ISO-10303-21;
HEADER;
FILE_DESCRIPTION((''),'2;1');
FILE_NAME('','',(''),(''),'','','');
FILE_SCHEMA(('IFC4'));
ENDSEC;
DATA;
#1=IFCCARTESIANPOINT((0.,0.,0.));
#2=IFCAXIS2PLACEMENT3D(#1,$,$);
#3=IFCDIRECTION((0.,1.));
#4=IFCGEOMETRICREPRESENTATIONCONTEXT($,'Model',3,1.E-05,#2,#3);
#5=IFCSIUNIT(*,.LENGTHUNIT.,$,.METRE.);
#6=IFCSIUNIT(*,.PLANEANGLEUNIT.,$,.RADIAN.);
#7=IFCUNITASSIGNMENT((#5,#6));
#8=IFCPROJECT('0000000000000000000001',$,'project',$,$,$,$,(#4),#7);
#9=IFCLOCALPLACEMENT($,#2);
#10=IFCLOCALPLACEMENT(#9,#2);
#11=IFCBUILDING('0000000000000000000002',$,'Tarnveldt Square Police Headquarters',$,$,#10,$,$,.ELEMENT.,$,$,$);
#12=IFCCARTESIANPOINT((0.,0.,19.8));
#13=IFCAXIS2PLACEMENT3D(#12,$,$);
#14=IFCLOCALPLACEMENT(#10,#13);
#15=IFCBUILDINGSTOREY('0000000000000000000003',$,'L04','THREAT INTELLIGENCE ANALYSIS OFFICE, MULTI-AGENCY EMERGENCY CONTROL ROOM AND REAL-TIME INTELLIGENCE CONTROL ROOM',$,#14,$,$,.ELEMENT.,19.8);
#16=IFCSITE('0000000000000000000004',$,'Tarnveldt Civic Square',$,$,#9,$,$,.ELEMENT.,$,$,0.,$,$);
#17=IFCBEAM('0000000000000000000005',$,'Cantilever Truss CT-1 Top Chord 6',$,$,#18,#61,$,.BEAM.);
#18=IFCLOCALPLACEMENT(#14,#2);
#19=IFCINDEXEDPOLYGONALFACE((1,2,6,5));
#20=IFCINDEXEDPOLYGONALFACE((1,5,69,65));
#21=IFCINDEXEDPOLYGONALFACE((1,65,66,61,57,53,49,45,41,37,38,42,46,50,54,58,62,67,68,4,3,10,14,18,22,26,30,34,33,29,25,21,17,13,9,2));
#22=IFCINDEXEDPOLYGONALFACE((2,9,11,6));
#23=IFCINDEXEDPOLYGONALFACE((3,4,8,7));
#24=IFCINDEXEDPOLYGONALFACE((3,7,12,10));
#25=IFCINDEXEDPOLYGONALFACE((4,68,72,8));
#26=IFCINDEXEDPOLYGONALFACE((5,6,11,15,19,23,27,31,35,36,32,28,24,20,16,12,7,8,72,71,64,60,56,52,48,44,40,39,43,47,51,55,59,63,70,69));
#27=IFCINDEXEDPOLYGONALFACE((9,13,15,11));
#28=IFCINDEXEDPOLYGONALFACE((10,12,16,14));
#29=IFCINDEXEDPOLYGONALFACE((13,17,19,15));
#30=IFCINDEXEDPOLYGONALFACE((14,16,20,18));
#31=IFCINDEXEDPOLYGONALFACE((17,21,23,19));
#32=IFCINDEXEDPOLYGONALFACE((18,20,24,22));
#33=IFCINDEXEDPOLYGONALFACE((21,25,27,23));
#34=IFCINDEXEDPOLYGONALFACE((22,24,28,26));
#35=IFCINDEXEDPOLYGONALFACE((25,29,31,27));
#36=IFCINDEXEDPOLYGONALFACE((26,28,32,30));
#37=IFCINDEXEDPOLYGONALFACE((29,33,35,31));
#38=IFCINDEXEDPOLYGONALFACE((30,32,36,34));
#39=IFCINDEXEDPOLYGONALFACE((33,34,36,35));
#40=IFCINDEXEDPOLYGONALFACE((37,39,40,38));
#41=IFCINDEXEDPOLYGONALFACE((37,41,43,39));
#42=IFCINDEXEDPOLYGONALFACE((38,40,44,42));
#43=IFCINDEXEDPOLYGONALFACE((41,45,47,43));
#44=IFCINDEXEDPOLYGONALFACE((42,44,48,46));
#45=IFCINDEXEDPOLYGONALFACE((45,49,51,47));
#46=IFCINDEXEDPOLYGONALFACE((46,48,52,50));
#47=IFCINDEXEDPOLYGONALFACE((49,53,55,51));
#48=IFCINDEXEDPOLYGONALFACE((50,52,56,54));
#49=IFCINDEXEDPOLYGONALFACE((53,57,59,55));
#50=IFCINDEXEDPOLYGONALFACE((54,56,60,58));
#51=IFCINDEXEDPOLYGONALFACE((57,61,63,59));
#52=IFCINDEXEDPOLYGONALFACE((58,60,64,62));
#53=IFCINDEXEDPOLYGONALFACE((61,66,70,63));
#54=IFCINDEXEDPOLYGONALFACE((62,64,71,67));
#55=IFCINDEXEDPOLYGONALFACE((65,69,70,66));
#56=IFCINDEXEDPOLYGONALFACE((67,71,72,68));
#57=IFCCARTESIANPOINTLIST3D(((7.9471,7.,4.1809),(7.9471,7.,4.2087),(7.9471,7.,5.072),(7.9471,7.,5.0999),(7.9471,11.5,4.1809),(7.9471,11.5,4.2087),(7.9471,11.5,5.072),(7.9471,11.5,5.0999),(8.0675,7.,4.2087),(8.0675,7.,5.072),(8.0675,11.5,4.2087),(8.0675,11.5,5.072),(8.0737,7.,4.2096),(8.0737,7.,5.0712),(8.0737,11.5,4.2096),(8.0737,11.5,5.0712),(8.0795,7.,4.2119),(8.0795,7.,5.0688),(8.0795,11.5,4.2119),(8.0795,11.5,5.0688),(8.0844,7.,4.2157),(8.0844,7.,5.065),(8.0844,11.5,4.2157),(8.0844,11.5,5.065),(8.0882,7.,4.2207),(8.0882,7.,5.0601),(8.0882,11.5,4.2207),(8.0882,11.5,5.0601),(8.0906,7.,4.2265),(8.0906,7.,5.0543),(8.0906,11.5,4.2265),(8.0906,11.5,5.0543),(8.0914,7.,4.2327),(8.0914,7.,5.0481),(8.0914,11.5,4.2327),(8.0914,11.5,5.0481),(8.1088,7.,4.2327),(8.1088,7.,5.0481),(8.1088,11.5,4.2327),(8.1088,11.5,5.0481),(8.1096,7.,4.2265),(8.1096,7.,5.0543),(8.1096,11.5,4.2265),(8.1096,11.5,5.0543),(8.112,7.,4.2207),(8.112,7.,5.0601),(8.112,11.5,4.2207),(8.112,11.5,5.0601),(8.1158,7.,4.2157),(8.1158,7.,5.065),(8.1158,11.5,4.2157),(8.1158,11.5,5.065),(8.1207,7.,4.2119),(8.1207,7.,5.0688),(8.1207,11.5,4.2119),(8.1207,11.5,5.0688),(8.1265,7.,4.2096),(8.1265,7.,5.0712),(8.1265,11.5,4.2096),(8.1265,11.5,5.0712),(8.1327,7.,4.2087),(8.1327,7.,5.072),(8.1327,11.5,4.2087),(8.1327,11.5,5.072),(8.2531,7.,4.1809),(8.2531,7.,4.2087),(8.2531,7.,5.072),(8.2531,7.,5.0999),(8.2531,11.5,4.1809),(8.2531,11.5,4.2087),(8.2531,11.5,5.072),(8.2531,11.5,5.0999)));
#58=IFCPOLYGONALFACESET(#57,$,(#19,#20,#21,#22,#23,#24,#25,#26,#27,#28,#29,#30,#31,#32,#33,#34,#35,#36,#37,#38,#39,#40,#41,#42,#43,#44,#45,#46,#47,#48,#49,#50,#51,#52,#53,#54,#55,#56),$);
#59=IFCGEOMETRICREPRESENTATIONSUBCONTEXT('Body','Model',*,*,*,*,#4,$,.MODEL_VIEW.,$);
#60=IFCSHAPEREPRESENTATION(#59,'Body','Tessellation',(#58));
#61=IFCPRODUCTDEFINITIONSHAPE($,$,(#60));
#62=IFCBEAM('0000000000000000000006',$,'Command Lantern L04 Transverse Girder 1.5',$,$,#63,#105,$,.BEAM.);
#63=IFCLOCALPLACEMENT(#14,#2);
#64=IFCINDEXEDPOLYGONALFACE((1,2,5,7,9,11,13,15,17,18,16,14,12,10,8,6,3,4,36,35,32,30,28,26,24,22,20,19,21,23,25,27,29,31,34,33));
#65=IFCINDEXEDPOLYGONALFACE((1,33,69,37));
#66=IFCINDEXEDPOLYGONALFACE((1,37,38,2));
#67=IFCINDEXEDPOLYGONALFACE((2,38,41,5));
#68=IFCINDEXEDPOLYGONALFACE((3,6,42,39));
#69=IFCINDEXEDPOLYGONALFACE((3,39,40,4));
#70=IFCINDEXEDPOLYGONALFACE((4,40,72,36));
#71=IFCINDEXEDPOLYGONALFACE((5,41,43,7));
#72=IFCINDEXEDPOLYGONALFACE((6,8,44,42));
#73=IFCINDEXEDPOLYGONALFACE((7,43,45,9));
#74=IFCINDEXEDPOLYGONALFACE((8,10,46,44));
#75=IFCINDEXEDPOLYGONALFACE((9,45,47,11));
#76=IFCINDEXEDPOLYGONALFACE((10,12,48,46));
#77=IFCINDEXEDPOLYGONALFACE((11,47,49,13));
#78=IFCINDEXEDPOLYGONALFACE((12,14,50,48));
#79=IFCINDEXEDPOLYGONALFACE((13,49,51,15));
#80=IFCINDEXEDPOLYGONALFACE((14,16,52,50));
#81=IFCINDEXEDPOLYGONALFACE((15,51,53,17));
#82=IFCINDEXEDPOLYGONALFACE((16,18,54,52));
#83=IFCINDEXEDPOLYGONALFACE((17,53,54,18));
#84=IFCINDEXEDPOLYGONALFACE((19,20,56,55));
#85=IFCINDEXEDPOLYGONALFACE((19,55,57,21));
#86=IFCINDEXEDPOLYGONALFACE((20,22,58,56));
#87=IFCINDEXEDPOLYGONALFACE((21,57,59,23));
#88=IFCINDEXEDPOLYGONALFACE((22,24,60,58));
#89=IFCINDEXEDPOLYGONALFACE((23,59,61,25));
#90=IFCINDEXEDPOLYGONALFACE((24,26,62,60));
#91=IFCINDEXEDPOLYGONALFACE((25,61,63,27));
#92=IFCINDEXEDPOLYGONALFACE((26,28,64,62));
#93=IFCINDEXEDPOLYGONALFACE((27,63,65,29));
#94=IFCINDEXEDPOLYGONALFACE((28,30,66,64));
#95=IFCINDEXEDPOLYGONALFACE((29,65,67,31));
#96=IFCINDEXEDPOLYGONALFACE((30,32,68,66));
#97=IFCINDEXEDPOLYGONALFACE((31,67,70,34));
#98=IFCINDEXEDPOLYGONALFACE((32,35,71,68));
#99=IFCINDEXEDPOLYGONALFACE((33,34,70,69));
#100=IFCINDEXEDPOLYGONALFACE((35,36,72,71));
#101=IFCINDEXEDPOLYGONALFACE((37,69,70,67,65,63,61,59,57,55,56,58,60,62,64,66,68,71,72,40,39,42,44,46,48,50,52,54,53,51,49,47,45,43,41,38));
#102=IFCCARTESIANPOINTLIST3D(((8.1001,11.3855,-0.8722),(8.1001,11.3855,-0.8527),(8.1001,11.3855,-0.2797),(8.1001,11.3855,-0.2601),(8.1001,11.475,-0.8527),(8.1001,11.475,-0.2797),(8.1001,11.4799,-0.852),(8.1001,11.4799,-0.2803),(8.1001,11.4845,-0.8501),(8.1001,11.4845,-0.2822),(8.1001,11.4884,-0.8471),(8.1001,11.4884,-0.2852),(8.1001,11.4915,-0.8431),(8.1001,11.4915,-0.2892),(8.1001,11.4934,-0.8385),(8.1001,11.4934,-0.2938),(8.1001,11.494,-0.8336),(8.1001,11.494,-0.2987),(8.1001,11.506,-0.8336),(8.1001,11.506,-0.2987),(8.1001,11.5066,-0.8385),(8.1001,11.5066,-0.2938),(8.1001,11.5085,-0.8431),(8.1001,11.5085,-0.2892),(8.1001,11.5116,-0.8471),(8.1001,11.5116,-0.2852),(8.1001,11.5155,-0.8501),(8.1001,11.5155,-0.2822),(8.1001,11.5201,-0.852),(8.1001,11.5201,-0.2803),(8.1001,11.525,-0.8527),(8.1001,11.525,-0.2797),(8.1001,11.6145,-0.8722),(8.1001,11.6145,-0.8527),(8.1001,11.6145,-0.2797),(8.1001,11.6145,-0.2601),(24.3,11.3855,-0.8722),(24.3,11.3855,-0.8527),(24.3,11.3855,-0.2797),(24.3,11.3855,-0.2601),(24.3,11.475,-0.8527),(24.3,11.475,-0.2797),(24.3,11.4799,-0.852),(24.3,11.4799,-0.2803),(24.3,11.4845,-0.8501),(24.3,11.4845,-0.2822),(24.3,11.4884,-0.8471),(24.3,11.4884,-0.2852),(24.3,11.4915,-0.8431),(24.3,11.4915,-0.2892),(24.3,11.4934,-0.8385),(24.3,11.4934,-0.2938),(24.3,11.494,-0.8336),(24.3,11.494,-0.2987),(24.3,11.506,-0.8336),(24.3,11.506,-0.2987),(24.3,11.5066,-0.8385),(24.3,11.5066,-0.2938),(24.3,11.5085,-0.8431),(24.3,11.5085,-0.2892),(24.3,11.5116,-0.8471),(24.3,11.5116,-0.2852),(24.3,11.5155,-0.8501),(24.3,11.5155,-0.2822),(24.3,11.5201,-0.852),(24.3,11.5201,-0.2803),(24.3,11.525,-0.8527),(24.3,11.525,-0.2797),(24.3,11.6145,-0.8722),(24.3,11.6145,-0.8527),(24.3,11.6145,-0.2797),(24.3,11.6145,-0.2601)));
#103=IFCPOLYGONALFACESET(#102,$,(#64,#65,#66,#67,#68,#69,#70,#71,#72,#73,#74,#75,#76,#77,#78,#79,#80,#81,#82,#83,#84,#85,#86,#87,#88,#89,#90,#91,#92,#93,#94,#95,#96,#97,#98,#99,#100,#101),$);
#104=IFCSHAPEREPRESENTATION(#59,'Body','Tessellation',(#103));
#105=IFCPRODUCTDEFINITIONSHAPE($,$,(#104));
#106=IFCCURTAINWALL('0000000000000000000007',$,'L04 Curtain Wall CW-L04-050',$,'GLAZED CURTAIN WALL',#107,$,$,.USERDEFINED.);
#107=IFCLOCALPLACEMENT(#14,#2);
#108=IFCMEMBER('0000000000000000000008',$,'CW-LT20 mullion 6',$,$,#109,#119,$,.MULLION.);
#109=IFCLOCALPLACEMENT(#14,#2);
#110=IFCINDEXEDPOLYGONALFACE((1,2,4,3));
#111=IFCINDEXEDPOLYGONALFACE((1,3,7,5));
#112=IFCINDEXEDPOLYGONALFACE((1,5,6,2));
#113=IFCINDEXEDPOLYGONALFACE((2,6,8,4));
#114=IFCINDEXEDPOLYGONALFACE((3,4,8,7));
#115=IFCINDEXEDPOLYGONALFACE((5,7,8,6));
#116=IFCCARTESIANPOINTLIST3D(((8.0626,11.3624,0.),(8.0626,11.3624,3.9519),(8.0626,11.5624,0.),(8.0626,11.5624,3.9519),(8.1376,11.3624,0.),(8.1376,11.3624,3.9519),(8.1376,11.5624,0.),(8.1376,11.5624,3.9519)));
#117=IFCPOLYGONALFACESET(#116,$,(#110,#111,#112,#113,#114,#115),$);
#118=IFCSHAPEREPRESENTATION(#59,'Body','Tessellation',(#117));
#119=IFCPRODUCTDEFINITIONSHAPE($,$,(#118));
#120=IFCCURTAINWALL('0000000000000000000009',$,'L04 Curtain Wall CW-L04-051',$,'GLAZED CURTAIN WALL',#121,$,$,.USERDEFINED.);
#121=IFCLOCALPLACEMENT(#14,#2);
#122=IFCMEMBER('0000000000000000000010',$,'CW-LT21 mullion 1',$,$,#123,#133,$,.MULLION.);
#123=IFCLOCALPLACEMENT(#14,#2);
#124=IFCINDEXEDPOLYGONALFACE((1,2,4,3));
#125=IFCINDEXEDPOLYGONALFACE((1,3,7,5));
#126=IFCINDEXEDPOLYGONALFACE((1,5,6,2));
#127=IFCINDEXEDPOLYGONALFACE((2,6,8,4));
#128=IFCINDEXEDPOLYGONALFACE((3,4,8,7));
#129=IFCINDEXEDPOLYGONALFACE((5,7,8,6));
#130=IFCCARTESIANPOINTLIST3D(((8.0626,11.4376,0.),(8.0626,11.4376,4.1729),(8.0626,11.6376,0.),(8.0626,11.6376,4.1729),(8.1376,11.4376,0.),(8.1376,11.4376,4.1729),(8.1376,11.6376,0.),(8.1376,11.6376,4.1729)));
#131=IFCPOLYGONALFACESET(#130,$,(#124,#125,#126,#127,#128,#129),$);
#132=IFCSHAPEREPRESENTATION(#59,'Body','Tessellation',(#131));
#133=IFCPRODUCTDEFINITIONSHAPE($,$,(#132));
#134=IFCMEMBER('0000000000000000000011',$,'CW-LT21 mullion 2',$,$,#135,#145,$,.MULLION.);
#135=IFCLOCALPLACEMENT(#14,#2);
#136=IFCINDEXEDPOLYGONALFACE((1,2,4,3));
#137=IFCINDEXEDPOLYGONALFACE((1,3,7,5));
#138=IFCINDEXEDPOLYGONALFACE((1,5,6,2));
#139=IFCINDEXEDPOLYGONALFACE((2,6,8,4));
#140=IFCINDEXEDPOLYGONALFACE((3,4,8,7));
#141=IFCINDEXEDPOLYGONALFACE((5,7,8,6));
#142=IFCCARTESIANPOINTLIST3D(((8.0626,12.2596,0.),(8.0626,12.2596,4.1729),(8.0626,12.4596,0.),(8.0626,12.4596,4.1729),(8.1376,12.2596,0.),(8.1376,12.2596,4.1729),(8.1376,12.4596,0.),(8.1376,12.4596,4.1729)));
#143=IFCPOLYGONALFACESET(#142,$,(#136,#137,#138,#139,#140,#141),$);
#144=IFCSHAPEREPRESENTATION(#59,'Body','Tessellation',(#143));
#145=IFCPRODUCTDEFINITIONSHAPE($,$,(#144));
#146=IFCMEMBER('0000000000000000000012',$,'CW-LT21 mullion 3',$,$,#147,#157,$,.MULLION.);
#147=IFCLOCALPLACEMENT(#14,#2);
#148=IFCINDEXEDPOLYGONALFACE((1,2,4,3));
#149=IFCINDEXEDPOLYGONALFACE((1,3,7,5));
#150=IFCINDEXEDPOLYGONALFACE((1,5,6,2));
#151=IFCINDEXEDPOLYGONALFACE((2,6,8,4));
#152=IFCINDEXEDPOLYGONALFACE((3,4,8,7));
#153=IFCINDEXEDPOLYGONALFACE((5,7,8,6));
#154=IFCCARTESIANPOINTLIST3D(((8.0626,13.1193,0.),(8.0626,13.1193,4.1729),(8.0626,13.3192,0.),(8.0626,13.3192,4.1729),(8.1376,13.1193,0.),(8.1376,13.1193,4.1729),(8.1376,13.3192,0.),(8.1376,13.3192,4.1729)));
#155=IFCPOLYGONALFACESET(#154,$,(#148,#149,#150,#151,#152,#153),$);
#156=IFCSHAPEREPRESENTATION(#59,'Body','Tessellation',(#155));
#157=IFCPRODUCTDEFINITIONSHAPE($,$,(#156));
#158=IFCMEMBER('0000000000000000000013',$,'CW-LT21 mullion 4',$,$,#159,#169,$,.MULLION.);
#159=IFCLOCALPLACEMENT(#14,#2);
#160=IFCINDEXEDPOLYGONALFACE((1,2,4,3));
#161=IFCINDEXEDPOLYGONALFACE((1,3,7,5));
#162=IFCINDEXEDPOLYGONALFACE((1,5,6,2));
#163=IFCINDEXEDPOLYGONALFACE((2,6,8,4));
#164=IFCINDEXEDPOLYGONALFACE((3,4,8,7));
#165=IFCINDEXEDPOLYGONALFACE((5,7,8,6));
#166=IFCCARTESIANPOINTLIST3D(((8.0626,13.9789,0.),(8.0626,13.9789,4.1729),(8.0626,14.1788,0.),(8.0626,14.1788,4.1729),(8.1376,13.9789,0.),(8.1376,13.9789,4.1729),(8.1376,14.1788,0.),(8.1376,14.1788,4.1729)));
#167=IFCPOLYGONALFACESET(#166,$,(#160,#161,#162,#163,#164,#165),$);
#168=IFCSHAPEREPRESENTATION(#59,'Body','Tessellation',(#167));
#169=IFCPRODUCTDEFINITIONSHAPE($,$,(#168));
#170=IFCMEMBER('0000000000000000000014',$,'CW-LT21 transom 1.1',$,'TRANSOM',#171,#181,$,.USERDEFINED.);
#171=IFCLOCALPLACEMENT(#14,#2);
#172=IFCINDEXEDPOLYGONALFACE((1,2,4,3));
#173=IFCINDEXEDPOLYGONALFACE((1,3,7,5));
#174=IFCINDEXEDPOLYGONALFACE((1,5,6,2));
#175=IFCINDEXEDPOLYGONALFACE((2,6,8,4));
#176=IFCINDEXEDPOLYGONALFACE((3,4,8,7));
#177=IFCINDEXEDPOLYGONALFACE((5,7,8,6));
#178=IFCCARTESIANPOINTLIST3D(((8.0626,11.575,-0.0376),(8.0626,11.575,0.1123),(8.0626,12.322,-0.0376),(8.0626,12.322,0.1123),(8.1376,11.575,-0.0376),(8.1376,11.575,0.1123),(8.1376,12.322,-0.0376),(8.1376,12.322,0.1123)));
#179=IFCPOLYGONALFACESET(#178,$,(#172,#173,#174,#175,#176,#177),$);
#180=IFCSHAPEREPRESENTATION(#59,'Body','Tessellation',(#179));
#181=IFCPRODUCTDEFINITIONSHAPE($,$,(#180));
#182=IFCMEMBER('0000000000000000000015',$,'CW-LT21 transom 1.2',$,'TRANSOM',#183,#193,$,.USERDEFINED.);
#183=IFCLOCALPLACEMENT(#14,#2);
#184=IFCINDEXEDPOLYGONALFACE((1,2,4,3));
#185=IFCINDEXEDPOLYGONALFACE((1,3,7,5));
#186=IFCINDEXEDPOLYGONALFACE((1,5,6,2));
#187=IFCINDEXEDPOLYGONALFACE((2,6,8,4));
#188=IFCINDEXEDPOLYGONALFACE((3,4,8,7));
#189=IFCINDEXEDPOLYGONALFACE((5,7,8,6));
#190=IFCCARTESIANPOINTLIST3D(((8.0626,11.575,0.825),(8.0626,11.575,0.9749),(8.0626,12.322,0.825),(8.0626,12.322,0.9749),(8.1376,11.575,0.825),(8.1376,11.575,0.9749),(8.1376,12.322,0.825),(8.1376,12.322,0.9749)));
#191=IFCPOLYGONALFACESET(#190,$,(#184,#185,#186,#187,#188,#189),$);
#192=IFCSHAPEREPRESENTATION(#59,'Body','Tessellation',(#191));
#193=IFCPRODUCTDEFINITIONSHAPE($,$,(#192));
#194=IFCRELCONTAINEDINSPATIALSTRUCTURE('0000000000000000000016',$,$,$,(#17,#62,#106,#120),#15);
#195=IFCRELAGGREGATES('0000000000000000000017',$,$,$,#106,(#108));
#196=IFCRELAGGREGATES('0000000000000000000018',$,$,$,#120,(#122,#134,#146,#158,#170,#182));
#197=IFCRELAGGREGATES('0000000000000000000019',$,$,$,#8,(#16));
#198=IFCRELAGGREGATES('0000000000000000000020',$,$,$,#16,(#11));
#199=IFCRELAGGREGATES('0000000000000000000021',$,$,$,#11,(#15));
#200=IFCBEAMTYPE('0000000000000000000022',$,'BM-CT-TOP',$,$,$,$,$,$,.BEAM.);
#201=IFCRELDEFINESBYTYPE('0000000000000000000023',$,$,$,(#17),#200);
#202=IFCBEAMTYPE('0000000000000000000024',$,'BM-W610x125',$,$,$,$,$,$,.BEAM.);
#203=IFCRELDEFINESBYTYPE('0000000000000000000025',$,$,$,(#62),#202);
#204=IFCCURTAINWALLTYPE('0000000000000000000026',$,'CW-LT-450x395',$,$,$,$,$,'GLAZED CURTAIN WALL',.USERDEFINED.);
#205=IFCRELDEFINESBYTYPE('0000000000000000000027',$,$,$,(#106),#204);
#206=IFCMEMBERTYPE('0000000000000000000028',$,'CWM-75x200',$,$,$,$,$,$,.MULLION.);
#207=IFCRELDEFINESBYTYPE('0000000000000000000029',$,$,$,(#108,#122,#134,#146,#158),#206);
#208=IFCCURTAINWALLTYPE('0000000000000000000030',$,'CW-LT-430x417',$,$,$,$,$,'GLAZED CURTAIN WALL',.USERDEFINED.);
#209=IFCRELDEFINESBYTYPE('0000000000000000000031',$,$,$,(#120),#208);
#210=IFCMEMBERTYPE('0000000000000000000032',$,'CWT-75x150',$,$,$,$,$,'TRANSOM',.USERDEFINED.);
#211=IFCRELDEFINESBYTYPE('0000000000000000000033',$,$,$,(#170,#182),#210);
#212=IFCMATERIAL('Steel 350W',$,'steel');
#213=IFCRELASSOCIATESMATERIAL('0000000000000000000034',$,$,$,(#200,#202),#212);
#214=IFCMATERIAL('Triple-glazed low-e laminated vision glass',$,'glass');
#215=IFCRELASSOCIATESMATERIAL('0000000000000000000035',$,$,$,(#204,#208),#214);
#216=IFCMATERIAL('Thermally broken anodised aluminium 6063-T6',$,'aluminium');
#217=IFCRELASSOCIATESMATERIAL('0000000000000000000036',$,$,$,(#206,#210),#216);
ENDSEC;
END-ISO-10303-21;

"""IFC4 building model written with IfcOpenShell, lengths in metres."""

from ifc_helpers import new_model, si_unit, direction, frame, origin, origin_2d, place, context, subcontext, project, spatial, rectangle, i_section, extrude, material, material_profile, profile_set, type_object, element, aggregate, save


model = new_model("IFC4")

# Units and contexts
model_context = context("Model", 3, precision=1e-05, world=origin(), true_north=direction((0.0, 1.0)))
body_context = subcontext(model_context, "Body", "Model", "MODEL_VIEW")
ifc_project = project(units=[si_unit("LENGTHUNIT", "METRE"), si_unit("PLANEANGLEUNIT", "RADIAN")], contexts=[model_context])

# Site, building, storey
site_placement = place(None, origin())
site = spatial("IfcSite", under=ifc_project, at=site_placement, Name="Tarnveldt Civic Square", CompositionType="ELEMENT", RefElevation=0.0)
building_placement = place(site_placement, origin())
building = spatial("IfcBuilding", under=site, at=building_placement, Name="Tarnveldt Square Police Headquarters", CompositionType="ELEMENT")
storey_placement = place(building_placement, frame((0.0, 0.0, 19.8)))
storey = spatial("IfcBuildingStorey", under=building, at=storey_placement, Name="L04", Description="THREAT INTELLIGENCE ANALYSIS OFFICE, MULTI-AGENCY EMERGENCY CONTROL ROOM AND REAL-TIME INTELLIGENCE CONTROL ROOM", CompositionType="ELEMENT", Elevation=19.8)

# Beams
ifc_material_1 = material(Name="Steel 350W", Category="steel")
ifc_material_profile_1 = material_profile(ifc_material_1, i_section(OverallWidth=0.3059, OverallDepth=0.9189, WebThickness=0.0173, FlangeThickness=0.0278, FilletRadius=0.0239, at=origin_2d()), Name="W920x253")
ifc_profile_set_1 = profile_set([ifc_material_profile_1], Name="Steel 350W")
beam_type_1 = type_object("IfcBeamType", Name="BM-CT-TOP", PredefinedType="BEAM", material=ifc_profile_set_1)
beam_1_placement = place(storey_placement, frame((8.1001, 11.5, 4.6404), z_axis=(0.0, -1.0, 0.0), x_axis=(1.0, 0.0, 0.0)))
element("IfcBeam", 1, at=beam_1_placement, inside=storey, type_object=beam_type_1, Name="Cantilever Truss CT-1 Top Chord 6", PredefinedType="BEAM", context=body_context, shape_type="SweptSolid", body=[
    extrude(i_section(OverallWidth=0.3059, OverallDepth=0.9189, WebThickness=0.0173, FlangeThickness=0.0278, FilletRadius=0.0239, at=origin_2d()), origin(), (0.0, 0.0, 1.0), 4.5),
])
ifc_material_profile_2 = material_profile(ifc_material_1, i_section(OverallWidth=0.229, OverallDepth=0.6121, WebThickness=0.012, FlangeThickness=0.0195, FilletRadius=0.019, at=origin_2d()), Name="W610x125")
ifc_profile_set_2 = profile_set([ifc_material_profile_2], Name="Steel 350W")
beam_type_2 = type_object("IfcBeamType", Name="BM-W610x125", PredefinedType="BEAM", material=ifc_profile_set_2)
beam_2_placement = place(storey_placement, frame((8.1001, 11.5, -0.5662), z_axis=(1.0, 0.0, 0.0), x_axis=(0.0, 1.0, 0.0)))
element("IfcBeam", 2, at=beam_2_placement, inside=storey, type_object=beam_type_2, Name="Command Lantern L04 Transverse Girder 1.5", PredefinedType="BEAM", context=body_context, shape_type="SweptSolid", body=[
    extrude(i_section(OverallWidth=0.229, OverallDepth=0.6121, WebThickness=0.012, FlangeThickness=0.0195, FilletRadius=0.019, at=origin_2d()), origin(), (0.0, 0.0, 1.0), 16.2),
])

# Curtain wall, member
ifc_material_2 = material(Name="Triple-glazed low-e laminated vision glass", Category="glass")
curtain_wall_type_1 = type_object("IfcCurtainWallType", Name="CW-LT-450x395", ElementType="GLAZED CURTAIN WALL", PredefinedType="USERDEFINED", material=ifc_material_2)
curtain_wall_1_placement = place(storey_placement, origin())
curtain_wall_1 = element("IfcCurtainWall", 3, at=curtain_wall_1_placement, inside=storey, type_object=curtain_wall_type_1, Name="L04 Curtain Wall CW-L04-050", ObjectType="GLAZED CURTAIN WALL", PredefinedType="USERDEFINED")
ifc_material_3 = material(Name="Thermally broken anodised aluminium 6063-T6", Category="aluminium")
ifc_material_profile_3 = material_profile(ifc_material_3, rectangle(XDim=0.075, YDim=0.2, at=origin_2d()), Name="CW-M75x200")
ifc_profile_set_3 = profile_set([ifc_material_profile_3], Name="Thermally broken anodised aluminium 6063-T6")
member_type_1 = type_object("IfcMemberType", Name="CWM-75x200", PredefinedType="MULLION", material=ifc_profile_set_3)
member_1_placement = place(storey_placement, frame((8.1001, 11.4624, 0.0), z_axis=(0.0, 0.0, 1.0), x_axis=(-1.0, 0.0, 0.0)))
member_1 = element("IfcMember", 4, at=member_1_placement, type_object=member_type_1, Name="CW-LT20 mullion 6", PredefinedType="MULLION", context=body_context, shape_type="SweptSolid", body=[
    extrude(rectangle(XDim=0.075, YDim=0.2, at=origin_2d()), origin(), (0.0, 0.0, 1.0), 3.9519),
])

# Curtain wall, members
curtain_wall_type_2 = type_object("IfcCurtainWallType", Name="CW-LT-430x417", ElementType="GLAZED CURTAIN WALL", PredefinedType="USERDEFINED", material=ifc_material_2)
curtain_wall_2_placement = place(storey_placement, origin())
curtain_wall_2 = element("IfcCurtainWall", 5, at=curtain_wall_2_placement, inside=storey, type_object=curtain_wall_type_2, Name="L04 Curtain Wall CW-L04-051", ObjectType="GLAZED CURTAIN WALL", PredefinedType="USERDEFINED")
member_2_placement = place(storey_placement, frame((8.1001, 11.5376, 0.0), z_axis=(0.0, 0.0, 1.0), x_axis=(-1.0, 0.0, 0.0)))
member_2 = element("IfcMember", 6, at=member_2_placement, type_object=member_type_1, Name="CW-LT21 mullion 1", PredefinedType="MULLION", context=body_context, shape_type="SweptSolid", body=[
    extrude(rectangle(XDim=0.075, YDim=0.2, at=origin_2d()), origin(), (0.0, 0.0, 1.0), 4.1729),
])
member_3_placement = place(storey_placement, frame((8.1001, 12.3596, 0.0), z_axis=(0.0, 0.0, 1.0), x_axis=(-1.0, 0.0, 0.0)))
member_3 = element("IfcMember", 7, at=member_3_placement, type_object=member_type_1, Name="CW-LT21 mullion 2", PredefinedType="MULLION", context=body_context, shape_type="SweptSolid", body=[
    extrude(rectangle(XDim=0.075, YDim=0.2, at=origin_2d()), origin(), (0.0, 0.0, 1.0), 4.1729),
])
member_4_placement = place(storey_placement, frame((8.1001, 13.2192, 0.0), z_axis=(0.0, 0.0, 1.0), x_axis=(-1.0, 0.0, 0.0)))
member_4 = element("IfcMember", 8, at=member_4_placement, type_object=member_type_1, Name="CW-LT21 mullion 3", PredefinedType="MULLION", context=body_context, shape_type="SweptSolid", body=[
    extrude(rectangle(XDim=0.075, YDim=0.2, at=origin_2d()), origin(), (0.0, 0.0, 1.0), 4.1729),
])
member_5_placement = place(storey_placement, frame((8.1001, 14.0789, 0.0), z_axis=(0.0, 0.0, 1.0), x_axis=(-1.0, 0.0, 0.0)))
member_5 = element("IfcMember", 9, at=member_5_placement, type_object=member_type_1, Name="CW-LT21 mullion 4", PredefinedType="MULLION", context=body_context, shape_type="SweptSolid", body=[
    extrude(rectangle(XDim=0.075, YDim=0.2, at=origin_2d()), origin(), (0.0, 0.0, 1.0), 4.1729),
])
ifc_material_profile_4 = material_profile(ifc_material_3, rectangle(XDim=0.075, YDim=0.1499, at=origin_2d()), Name="CW-T75x150")
ifc_profile_set_4 = profile_set([ifc_material_profile_4], Name="Thermally broken anodised aluminium 6063-T6")
member_type_2 = type_object("IfcMemberType", Name="CWT-75x150", ElementType="TRANSOM", PredefinedType="USERDEFINED", material=ifc_profile_set_4)
member_6_placement = place(storey_placement, frame((8.1001, 11.575, 0.0374), z_axis=(0.0, 1.0, 0.0), x_axis=(-1.0, 0.0, 0.0)))
member_6 = element("IfcMember", 10, at=member_6_placement, type_object=member_type_2, Name="CW-LT21 transom 1.1", ObjectType="TRANSOM", PredefinedType="USERDEFINED", context=body_context, shape_type="SweptSolid", body=[
    extrude(rectangle(XDim=0.075, YDim=0.1499, at=origin_2d()), origin(), (0.0, 0.0, 1.0), 0.7471),
])
member_7_placement = place(storey_placement, frame((8.1001, 11.575, 0.8999), z_axis=(0.0, 1.0, 0.0), x_axis=(-1.0, 0.0, 0.0)))
member_7 = element("IfcMember", 11, at=member_7_placement, type_object=member_type_2, Name="CW-LT21 transom 1.2", ObjectType="TRANSOM", PredefinedType="USERDEFINED", context=body_context, shape_type="SweptSolid", body=[
    extrude(rectangle(XDim=0.075, YDim=0.1499, at=origin_2d()), origin(), (0.0, 0.0, 1.0), 0.7471),
])

aggregate(curtain_wall_1, [member_1])
aggregate(curtain_wall_2, [member_2, member_3, member_4, member_5, member_6, member_7])

save(model, "model.ifc")
